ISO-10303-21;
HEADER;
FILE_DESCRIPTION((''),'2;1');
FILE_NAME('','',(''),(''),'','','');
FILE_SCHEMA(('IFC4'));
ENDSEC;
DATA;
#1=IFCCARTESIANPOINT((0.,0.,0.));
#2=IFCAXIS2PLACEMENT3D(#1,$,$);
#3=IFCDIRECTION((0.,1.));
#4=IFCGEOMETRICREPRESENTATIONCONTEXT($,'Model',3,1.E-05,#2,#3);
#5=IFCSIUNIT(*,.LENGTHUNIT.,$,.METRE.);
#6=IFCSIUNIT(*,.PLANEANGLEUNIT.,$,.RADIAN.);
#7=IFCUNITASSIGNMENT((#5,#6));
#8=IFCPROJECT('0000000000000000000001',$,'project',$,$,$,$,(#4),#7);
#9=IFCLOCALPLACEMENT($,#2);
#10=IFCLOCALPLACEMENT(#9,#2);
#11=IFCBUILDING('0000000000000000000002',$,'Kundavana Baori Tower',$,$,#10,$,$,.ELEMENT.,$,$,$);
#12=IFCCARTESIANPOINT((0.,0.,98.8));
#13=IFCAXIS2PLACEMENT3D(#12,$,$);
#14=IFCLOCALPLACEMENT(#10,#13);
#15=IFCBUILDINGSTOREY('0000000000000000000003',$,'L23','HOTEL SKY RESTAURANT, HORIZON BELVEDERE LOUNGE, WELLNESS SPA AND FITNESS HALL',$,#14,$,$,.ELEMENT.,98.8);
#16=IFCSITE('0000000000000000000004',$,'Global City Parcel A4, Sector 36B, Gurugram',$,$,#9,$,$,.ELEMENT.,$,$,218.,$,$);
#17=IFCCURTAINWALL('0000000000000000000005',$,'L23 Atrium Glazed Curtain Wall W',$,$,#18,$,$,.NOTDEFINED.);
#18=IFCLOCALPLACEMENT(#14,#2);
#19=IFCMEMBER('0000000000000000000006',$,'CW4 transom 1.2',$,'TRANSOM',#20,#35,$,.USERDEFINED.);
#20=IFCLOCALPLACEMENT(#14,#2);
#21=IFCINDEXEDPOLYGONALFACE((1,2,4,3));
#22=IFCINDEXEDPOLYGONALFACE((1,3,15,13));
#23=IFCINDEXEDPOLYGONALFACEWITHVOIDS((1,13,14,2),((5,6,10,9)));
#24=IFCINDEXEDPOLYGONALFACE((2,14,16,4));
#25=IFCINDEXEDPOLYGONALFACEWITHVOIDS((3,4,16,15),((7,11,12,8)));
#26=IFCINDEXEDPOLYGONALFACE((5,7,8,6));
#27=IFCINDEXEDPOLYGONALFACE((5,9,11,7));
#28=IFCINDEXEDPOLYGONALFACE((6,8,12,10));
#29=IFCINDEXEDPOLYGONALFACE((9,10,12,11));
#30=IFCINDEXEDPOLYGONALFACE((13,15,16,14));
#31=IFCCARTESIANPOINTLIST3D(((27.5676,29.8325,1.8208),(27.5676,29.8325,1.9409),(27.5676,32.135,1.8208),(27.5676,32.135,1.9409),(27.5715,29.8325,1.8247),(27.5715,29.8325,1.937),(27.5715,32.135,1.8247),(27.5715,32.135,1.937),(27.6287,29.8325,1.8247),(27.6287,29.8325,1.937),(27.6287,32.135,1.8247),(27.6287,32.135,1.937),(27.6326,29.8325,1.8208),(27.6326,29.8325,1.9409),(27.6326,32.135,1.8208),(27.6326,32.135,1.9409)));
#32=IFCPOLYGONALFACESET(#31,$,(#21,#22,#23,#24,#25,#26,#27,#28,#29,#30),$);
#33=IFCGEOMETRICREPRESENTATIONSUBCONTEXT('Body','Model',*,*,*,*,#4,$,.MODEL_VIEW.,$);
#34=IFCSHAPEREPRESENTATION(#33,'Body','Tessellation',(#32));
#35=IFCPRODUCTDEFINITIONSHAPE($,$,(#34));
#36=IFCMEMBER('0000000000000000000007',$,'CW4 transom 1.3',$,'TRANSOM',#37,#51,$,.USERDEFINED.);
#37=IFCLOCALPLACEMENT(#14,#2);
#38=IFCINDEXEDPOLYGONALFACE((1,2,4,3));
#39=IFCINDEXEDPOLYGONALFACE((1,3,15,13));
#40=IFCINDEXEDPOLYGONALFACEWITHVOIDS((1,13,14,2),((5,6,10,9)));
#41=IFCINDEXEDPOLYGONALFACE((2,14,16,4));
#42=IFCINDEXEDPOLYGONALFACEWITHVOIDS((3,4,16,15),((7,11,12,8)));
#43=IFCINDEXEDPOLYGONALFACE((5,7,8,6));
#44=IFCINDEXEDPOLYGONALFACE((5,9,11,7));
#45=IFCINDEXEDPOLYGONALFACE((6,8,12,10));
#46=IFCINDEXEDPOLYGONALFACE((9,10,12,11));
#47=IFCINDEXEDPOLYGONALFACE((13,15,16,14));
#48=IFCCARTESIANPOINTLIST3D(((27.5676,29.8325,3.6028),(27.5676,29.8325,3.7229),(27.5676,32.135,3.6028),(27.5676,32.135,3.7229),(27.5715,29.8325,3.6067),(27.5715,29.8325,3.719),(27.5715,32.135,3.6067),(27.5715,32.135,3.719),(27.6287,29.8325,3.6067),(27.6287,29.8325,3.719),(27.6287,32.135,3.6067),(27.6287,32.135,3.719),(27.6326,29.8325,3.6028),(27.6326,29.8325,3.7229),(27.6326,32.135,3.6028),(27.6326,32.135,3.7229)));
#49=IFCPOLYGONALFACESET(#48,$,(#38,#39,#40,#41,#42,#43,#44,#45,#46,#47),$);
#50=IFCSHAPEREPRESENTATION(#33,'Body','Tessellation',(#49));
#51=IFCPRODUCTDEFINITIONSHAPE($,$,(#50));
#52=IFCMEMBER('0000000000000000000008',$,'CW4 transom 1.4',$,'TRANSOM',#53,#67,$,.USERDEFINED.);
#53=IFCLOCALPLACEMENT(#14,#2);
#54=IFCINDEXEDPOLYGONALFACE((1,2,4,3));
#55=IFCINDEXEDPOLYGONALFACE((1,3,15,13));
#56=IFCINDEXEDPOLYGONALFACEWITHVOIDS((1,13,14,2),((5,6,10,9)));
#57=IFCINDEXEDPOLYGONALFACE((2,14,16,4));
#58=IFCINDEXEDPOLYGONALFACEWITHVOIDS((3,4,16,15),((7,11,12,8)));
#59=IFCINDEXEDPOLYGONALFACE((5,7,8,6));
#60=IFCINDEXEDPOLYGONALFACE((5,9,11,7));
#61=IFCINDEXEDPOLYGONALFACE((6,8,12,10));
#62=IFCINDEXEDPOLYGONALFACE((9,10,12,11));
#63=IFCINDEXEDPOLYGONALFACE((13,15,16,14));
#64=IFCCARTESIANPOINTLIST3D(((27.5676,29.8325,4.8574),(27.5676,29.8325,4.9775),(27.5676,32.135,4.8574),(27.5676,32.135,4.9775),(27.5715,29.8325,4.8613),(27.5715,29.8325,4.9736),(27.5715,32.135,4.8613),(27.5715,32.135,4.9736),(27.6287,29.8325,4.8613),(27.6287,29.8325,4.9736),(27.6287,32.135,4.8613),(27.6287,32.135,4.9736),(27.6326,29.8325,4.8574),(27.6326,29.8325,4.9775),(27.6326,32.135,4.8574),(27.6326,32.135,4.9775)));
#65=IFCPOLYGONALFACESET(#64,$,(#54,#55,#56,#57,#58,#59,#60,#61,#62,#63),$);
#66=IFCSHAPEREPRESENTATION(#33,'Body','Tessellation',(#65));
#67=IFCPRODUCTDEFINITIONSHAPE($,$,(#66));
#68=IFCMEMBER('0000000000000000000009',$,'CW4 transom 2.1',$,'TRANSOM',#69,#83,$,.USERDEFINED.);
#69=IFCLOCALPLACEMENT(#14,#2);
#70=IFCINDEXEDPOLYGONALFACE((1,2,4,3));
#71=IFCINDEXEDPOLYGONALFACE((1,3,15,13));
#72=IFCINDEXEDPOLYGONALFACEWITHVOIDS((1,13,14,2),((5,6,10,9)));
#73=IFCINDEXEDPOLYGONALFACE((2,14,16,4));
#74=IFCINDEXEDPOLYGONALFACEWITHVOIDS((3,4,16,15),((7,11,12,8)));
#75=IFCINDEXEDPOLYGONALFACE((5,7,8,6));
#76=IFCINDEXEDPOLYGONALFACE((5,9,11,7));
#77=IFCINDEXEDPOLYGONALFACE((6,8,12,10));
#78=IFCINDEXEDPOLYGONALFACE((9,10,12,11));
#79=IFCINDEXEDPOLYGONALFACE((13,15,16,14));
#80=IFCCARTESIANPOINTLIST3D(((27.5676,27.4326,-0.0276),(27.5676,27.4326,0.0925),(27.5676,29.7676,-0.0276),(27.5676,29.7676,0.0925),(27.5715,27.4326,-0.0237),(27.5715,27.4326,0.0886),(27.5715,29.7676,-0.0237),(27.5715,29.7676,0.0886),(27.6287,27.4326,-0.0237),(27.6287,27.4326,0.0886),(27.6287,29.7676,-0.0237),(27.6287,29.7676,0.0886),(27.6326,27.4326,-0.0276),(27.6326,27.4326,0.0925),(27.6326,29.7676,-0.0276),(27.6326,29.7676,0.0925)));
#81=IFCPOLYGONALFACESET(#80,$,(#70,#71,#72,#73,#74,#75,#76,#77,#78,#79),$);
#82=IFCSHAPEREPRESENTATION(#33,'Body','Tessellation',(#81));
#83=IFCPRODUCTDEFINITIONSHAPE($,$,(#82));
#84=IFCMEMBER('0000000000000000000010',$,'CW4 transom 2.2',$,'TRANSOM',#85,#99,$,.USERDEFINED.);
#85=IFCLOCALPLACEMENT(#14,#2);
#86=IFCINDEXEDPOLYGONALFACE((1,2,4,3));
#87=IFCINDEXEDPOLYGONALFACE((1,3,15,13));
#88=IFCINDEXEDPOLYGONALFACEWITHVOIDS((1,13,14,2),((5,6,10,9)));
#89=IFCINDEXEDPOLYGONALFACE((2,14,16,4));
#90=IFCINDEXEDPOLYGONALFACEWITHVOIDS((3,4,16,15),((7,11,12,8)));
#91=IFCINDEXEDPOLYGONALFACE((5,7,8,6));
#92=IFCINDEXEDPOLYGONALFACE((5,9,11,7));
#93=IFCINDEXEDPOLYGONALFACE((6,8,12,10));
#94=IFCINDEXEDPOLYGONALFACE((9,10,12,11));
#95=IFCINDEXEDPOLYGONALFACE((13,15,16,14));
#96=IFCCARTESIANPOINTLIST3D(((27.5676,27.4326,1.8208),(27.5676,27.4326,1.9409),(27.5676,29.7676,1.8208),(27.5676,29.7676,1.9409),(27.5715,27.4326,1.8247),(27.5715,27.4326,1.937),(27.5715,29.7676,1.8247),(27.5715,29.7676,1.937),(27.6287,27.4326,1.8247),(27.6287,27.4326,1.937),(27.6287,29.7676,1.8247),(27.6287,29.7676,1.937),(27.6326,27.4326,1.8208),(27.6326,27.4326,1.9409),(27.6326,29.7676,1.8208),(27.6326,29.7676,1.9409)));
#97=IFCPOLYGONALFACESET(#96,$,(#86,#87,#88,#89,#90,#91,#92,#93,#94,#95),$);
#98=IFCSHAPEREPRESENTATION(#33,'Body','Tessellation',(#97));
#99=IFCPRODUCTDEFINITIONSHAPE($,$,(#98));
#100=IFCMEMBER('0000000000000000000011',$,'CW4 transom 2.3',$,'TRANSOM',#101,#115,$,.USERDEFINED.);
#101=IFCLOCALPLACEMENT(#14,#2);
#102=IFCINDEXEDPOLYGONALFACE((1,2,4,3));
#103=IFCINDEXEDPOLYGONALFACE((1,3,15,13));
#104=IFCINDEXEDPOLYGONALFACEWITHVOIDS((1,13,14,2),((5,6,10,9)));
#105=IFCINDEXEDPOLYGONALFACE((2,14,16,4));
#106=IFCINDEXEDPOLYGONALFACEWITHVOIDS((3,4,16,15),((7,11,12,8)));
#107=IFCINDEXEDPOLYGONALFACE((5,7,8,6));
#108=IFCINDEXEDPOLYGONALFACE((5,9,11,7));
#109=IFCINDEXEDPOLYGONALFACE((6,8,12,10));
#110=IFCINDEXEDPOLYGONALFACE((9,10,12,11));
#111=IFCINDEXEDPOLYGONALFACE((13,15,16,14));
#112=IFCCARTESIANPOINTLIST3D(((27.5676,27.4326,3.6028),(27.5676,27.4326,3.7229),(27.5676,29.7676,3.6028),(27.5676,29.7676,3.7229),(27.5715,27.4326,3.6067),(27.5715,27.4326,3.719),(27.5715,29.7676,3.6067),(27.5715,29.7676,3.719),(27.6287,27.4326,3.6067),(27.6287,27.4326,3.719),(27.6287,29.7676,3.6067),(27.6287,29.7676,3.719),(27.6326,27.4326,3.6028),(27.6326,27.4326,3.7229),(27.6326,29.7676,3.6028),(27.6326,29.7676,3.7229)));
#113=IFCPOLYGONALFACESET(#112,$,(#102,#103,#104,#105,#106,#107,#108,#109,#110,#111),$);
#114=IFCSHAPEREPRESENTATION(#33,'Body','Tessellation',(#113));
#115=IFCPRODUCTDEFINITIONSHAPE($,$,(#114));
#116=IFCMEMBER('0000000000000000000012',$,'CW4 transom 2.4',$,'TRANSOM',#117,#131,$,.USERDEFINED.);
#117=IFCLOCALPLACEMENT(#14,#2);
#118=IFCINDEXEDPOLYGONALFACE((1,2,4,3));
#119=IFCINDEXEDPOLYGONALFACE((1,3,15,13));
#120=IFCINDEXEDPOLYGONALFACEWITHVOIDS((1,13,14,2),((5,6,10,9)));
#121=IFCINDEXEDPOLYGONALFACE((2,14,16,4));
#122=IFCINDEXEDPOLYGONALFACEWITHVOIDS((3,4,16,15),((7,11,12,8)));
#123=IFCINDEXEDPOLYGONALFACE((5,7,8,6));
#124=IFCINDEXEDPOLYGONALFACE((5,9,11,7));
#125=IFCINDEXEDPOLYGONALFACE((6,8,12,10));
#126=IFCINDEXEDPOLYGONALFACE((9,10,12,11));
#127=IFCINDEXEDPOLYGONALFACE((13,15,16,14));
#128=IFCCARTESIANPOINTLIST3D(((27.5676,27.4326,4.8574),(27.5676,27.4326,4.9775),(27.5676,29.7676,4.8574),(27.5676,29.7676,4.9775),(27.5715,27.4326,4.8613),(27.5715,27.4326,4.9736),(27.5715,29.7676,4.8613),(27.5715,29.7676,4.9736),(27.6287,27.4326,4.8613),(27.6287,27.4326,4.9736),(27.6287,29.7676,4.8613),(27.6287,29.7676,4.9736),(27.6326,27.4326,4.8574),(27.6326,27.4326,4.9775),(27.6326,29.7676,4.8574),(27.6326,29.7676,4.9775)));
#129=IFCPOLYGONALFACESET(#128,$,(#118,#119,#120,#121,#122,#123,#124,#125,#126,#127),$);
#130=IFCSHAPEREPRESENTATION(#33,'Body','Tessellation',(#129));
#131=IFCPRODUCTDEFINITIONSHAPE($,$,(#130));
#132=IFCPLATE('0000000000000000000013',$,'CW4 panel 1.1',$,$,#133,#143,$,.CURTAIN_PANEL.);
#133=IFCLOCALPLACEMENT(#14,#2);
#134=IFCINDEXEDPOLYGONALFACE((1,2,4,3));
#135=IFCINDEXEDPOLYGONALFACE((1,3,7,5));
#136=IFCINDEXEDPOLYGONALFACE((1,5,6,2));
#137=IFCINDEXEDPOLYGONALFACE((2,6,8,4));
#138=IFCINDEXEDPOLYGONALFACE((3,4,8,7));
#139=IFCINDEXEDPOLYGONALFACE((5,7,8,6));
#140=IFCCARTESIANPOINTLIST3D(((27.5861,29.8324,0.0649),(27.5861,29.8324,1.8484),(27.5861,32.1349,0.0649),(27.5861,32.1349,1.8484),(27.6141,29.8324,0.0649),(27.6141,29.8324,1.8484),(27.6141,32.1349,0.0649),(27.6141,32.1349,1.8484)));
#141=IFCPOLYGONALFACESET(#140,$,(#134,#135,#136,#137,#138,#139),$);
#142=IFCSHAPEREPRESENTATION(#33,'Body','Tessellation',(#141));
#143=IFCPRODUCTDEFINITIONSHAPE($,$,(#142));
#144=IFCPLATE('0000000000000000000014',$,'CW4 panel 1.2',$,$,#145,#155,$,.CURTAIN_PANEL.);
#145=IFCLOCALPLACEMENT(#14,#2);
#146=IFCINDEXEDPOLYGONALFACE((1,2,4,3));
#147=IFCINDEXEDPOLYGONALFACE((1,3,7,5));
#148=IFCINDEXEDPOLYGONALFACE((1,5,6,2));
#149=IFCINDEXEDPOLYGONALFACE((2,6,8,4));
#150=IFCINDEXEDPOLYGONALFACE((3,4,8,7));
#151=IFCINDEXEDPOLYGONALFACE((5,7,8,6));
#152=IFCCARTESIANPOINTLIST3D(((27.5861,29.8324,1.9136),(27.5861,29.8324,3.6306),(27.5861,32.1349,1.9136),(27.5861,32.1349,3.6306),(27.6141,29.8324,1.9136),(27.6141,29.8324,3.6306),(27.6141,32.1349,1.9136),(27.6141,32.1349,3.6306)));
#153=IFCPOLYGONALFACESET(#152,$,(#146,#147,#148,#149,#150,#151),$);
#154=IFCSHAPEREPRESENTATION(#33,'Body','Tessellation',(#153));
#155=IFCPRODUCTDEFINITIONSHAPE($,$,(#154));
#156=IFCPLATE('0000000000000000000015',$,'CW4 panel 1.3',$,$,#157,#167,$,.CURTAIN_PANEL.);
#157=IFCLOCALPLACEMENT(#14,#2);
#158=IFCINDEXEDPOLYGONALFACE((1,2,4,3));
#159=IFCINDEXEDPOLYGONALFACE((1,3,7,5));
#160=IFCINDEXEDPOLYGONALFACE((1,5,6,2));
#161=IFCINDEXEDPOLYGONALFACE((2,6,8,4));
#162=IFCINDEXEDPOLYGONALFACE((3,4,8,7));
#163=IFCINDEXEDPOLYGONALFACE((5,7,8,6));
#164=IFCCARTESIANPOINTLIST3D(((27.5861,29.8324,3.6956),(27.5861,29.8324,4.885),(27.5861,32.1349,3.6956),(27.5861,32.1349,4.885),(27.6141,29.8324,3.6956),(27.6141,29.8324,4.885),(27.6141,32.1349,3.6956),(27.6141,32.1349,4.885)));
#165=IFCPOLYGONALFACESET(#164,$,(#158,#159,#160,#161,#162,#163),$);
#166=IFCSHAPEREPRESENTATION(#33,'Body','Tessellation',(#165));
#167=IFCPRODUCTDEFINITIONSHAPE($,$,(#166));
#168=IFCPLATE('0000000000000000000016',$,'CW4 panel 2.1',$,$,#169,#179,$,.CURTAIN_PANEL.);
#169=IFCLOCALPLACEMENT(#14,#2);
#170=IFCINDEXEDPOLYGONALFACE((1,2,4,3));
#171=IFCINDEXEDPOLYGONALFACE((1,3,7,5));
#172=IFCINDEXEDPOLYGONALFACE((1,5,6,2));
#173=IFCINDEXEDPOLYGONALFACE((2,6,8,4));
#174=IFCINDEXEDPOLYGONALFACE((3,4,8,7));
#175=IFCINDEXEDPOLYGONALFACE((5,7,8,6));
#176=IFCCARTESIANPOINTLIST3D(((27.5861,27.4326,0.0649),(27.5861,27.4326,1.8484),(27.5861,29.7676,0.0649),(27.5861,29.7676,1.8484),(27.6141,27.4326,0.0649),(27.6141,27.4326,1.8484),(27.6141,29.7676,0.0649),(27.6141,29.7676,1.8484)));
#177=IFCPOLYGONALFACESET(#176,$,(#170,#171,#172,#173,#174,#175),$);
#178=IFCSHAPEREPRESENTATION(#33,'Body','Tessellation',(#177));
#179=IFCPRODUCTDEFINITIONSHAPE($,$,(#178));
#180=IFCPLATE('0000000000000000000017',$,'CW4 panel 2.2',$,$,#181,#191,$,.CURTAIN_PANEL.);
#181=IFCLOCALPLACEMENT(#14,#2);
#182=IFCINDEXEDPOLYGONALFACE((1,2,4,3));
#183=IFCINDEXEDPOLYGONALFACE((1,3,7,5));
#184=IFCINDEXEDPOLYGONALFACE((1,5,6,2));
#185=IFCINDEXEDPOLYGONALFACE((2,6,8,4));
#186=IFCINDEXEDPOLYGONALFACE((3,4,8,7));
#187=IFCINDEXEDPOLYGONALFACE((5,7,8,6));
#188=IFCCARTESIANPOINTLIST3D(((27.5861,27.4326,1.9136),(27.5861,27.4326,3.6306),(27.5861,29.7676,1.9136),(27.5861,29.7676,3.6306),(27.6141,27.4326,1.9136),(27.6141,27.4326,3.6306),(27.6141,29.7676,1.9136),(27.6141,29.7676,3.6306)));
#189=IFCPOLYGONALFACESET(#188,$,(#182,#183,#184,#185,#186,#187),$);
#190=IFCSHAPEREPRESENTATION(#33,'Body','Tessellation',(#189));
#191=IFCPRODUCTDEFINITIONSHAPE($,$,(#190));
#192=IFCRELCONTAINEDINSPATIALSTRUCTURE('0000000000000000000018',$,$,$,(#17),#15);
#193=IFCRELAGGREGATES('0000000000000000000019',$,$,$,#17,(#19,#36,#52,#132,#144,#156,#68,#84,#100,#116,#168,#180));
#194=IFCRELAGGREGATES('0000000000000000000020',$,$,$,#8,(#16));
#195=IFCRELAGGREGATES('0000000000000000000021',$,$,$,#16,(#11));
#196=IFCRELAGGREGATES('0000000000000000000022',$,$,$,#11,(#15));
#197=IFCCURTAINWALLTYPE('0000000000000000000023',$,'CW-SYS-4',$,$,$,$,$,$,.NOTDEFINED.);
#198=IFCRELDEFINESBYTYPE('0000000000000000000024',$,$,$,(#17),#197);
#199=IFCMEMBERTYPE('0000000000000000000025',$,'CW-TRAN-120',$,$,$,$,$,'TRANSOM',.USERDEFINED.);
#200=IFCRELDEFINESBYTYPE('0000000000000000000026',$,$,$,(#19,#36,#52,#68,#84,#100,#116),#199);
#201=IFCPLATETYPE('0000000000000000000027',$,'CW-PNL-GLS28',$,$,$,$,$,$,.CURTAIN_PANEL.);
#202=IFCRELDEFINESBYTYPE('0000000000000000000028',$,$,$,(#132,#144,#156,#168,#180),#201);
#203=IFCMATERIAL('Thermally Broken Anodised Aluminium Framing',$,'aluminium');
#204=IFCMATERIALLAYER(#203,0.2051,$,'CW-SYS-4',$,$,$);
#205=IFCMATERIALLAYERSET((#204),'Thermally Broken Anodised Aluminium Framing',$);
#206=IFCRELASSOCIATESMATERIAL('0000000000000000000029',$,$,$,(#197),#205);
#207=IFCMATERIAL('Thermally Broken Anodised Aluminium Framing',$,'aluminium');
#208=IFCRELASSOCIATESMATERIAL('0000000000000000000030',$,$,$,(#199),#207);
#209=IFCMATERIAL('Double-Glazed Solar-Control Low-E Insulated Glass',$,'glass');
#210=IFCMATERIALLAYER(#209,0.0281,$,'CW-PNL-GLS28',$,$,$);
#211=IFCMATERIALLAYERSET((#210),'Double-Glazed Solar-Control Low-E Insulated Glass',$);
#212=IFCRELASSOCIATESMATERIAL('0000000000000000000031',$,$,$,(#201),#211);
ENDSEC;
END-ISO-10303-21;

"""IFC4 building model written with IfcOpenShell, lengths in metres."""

from ifc_helpers import new_model, si_unit, direction, frame, origin, origin_2d, place, context, subcontext, project, spatial, rectangle, hollow_rectangle, extrude, material, layer, layer_set, material_profile, profile_set, type_object, element, aggregate, save


model = new_model("IFC4")

# Units and contexts
model_context = context("Model", 3, precision=1e-05, world=origin(), true_north=direction((0.0, 1.0)))
body_context = subcontext(model_context, "Body", "Model", "MODEL_VIEW")
ifc_project = project(units=[si_unit("LENGTHUNIT", "METRE"), si_unit("PLANEANGLEUNIT", "RADIAN")], contexts=[model_context])

# Site, building, storey
site_placement = place(None, origin())
site = spatial("IfcSite", under=ifc_project, at=site_placement, Name="Global City Parcel A4, Sector 36B, Gurugram", CompositionType="ELEMENT", RefElevation=218.0)
building_placement = place(site_placement, origin())
building = spatial("IfcBuilding", under=site, at=building_placement, Name="Kundavana Baori Tower", CompositionType="ELEMENT")
storey_placement = place(building_placement, frame((0.0, 0.0, 98.8)))
storey = spatial("IfcBuildingStorey", under=building, at=storey_placement, Name="L23", Description="HOTEL SKY RESTAURANT, HORIZON BELVEDERE LOUNGE, WELLNESS SPA AND FITNESS HALL", CompositionType="ELEMENT", Elevation=98.8)

# Curtain wall, members, plates
ifc_material_1 = material(Name="Thermally Broken Anodised Aluminium Framing", Category="aluminium")
ifc_layer_1 = layer(ifc_material_1, 0.2051, Name="CW-SYS-4")
ifc_layer_set_1 = layer_set([ifc_layer_1], Name="Thermally Broken Anodised Aluminium Framing")
curtain_wall_type = type_object("IfcCurtainWallType", Name="CW-SYS-4", PredefinedType="NOTDEFINED", material=ifc_layer_set_1)
curtain_wall_placement = place(storey_placement, origin())
curtain_wall = element("IfcCurtainWall", 1, at=curtain_wall_placement, inside=storey, type_object=curtain_wall_type, Name="L23 Atrium Glazed Curtain Wall W", PredefinedType="NOTDEFINED")
ifc_material_2 = material(Name="Thermally Broken Anodised Aluminium Framing", Category="aluminium")
ifc_material_profile_1 = material_profile(ifc_material_2, hollow_rectangle(XDim=0.0649, YDim=0.1201, WallThickness=0.0039, at=origin_2d()), Name="CW-TRAN-120")
ifc_profile_set_1 = profile_set([ifc_material_profile_1], Name="Thermally Broken Anodised Aluminium Framing")
member_type_1 = type_object("IfcMemberType", Name="CW-TRAN-120", ElementType="TRANSOM", PredefinedType="USERDEFINED", material=ifc_profile_set_1)
member_1_placement = place(storey_placement, frame((27.6001, 32.135, 1.8809), z_axis=(0.0, -1.0, 0.0), x_axis=(1.0, 0.0, 0.0)))
member_1 = element("IfcMember", 2, at=member_1_placement, type_object=member_type_1, Name="CW4 transom 1.2", ObjectType="TRANSOM", PredefinedType="USERDEFINED", context=body_context, shape_type="SweptSolid", body=[
    extrude(hollow_rectangle(XDim=0.0649, YDim=0.1201, WallThickness=0.0039, at=origin_2d()), origin(), (0.0, 0.0, 1.0), 2.3025),
])
member_2_placement = place(storey_placement, frame((27.6001, 32.135, 3.6628), z_axis=(0.0, -1.0, 0.0), x_axis=(1.0, 0.0, 0.0)))
member_2 = element("IfcMember", 3, at=member_2_placement, type_object=member_type_1, Name="CW4 transom 1.3", ObjectType="TRANSOM", PredefinedType="USERDEFINED", context=body_context, shape_type="SweptSolid", body=[
    extrude(hollow_rectangle(XDim=0.0649, YDim=0.1201, WallThickness=0.0039, at=origin_2d()), origin(), (0.0, 0.0, 1.0), 2.3025),
])
member_3_placement = place(storey_placement, frame((27.6001, 32.135, 4.9175), z_axis=(0.0, -1.0, 0.0), x_axis=(1.0, 0.0, 0.0)))
member_3 = element("IfcMember", 4, at=member_3_placement, type_object=member_type_1, Name="CW4 transom 1.4", ObjectType="TRANSOM", PredefinedType="USERDEFINED", context=body_context, shape_type="SweptSolid", body=[
    extrude(hollow_rectangle(XDim=0.0649, YDim=0.1201, WallThickness=0.0039, at=origin_2d()), origin(), (0.0, 0.0, 1.0), 2.3025),
])
member_4_placement = place(storey_placement, frame((27.6001, 29.7676, 0.0325), z_axis=(0.0, -1.0, 0.0), x_axis=(1.0, 0.0, 0.0)))
member_4 = element("IfcMember", 5, at=member_4_placement, type_object=member_type_1, Name="CW4 transom 2.1", ObjectType="TRANSOM", PredefinedType="USERDEFINED", context=body_context, shape_type="SweptSolid", body=[
    extrude(hollow_rectangle(XDim=0.0649, YDim=0.1201, WallThickness=0.0039, at=origin_2d()), origin(), (0.0, 0.0, 1.0), 2.335),
])
member_5_placement = place(storey_placement, frame((27.6001, 29.7676, 1.8809), z_axis=(0.0, -1.0, 0.0), x_axis=(1.0, 0.0, 0.0)))
member_5 = element("IfcMember", 6, at=member_5_placement, type_object=member_type_1, Name="CW4 transom 2.2", ObjectType="TRANSOM", PredefinedType="USERDEFINED", context=body_context, shape_type="SweptSolid", body=[
    extrude(hollow_rectangle(XDim=0.0649, YDim=0.1201, WallThickness=0.0039, at=origin_2d()), origin(), (0.0, 0.0, 1.0), 2.335),
])
member_6_placement = place(storey_placement, frame((27.6001, 29.7676, 3.6628), z_axis=(0.0, -1.0, 0.0), x_axis=(1.0, 0.0, 0.0)))
member_6 = element("IfcMember", 7, at=member_6_placement, type_object=member_type_1, Name="CW4 transom 2.3", ObjectType="TRANSOM", PredefinedType="USERDEFINED", context=body_context, shape_type="SweptSolid", body=[
    extrude(hollow_rectangle(XDim=0.0649, YDim=0.1201, WallThickness=0.0039, at=origin_2d()), origin(), (0.0, 0.0, 1.0), 2.335),
])
member_7_placement = place(storey_placement, frame((27.6001, 29.7676, 4.9175), z_axis=(0.0, -1.0, 0.0), x_axis=(1.0, 0.0, 0.0)))
member_7 = element("IfcMember", 8, at=member_7_placement, type_object=member_type_1, Name="CW4 transom 2.4", ObjectType="TRANSOM", PredefinedType="USERDEFINED", context=body_context, shape_type="SweptSolid", body=[
    extrude(hollow_rectangle(XDim=0.0649, YDim=0.1201, WallThickness=0.0039, at=origin_2d()), origin(), (0.0, 0.0, 1.0), 2.335),
])
ifc_material_3 = material(Name="Double-Glazed Solar-Control Low-E Insulated Glass", Category="glass")
ifc_layer_2 = layer(ifc_material_3, 0.0281, Name="CW-PNL-GLS28")
ifc_layer_set_2 = layer_set([ifc_layer_2], Name="Double-Glazed Solar-Control Low-E Insulated Glass")
plate_type = type_object("IfcPlateType", Name="CW-PNL-GLS28", PredefinedType="CURTAIN_PANEL", material=ifc_layer_set_2)
plate_1_placement = place(storey_placement, frame((27.6001, 30.9836, 0.0649), z_axis=(0.0, 0.0, 1.0), x_axis=(0.0, -1.0, 0.0)))
plate_1 = element("IfcPlate", 9, at=plate_1_placement, type_object=plate_type, Name="CW4 panel 1.1", PredefinedType="CURTAIN_PANEL", context=body_context, shape_type="SweptSolid", body=[
    extrude(rectangle(XDim=2.3025, YDim=0.0281, at=origin_2d()), origin(), (0.0, 0.0, 1.0), 1.7834),
])
plate_2_placement = place(storey_placement, frame((27.6001, 30.9836, 1.9136), z_axis=(0.0, 0.0, 1.0), x_axis=(0.0, -1.0, 0.0)))
plate_2 = element("IfcPlate", 10, at=plate_2_placement, type_object=plate_type, Name="CW4 panel 1.2", PredefinedType="CURTAIN_PANEL", context=body_context, shape_type="SweptSolid", body=[
    extrude(rectangle(XDim=2.3025, YDim=0.0281, at=origin_2d()), origin(), (0.0, 0.0, 1.0), 1.717),
])
plate_3_placement = place(storey_placement, frame((27.6001, 30.9836, 3.6956), z_axis=(0.0, 0.0, 1.0), x_axis=(0.0, -1.0, 0.0)))
plate_3 = element("IfcPlate", 11, at=plate_3_placement, type_object=plate_type, Name="CW4 panel 1.3", PredefinedType="CURTAIN_PANEL", context=body_context, shape_type="SweptSolid", body=[
    extrude(rectangle(XDim=2.3025, YDim=0.0281, at=origin_2d()), origin(), (0.0, 0.0, 1.0), 1.1895),
])
plate_4_placement = place(storey_placement, frame((27.6001, 28.6001, 0.0649), z_axis=(0.0, 0.0, 1.0), x_axis=(0.0, -1.0, 0.0)))
plate_4 = element("IfcPlate", 12, at=plate_4_placement, type_object=plate_type, Name="CW4 panel 2.1", PredefinedType="CURTAIN_PANEL", context=body_context, shape_type="SweptSolid", body=[
    extrude(rectangle(XDim=2.335, YDim=0.0281, at=origin_2d()), origin(), (0.0, 0.0, 1.0), 1.7834),
])
plate_5_placement = place(storey_placement, frame((27.6001, 28.6001, 1.9136), z_axis=(0.0, 0.0, 1.0), x_axis=(0.0, -1.0, 0.0)))
plate_5 = element("IfcPlate", 13, at=plate_5_placement, type_object=plate_type, Name="CW4 panel 2.2", PredefinedType="CURTAIN_PANEL", context=body_context, shape_type="SweptSolid", body=[
    extrude(rectangle(XDim=2.335, YDim=0.0281, at=origin_2d()), origin(), (0.0, 0.0, 1.0), 1.717),
])
aggregate(curtain_wall, [member_1, member_2, member_3, plate_1, plate_2, plate_3, member_4, member_5, member_6, member_7, plate_4, plate_5])

save(model, "model.ifc")
